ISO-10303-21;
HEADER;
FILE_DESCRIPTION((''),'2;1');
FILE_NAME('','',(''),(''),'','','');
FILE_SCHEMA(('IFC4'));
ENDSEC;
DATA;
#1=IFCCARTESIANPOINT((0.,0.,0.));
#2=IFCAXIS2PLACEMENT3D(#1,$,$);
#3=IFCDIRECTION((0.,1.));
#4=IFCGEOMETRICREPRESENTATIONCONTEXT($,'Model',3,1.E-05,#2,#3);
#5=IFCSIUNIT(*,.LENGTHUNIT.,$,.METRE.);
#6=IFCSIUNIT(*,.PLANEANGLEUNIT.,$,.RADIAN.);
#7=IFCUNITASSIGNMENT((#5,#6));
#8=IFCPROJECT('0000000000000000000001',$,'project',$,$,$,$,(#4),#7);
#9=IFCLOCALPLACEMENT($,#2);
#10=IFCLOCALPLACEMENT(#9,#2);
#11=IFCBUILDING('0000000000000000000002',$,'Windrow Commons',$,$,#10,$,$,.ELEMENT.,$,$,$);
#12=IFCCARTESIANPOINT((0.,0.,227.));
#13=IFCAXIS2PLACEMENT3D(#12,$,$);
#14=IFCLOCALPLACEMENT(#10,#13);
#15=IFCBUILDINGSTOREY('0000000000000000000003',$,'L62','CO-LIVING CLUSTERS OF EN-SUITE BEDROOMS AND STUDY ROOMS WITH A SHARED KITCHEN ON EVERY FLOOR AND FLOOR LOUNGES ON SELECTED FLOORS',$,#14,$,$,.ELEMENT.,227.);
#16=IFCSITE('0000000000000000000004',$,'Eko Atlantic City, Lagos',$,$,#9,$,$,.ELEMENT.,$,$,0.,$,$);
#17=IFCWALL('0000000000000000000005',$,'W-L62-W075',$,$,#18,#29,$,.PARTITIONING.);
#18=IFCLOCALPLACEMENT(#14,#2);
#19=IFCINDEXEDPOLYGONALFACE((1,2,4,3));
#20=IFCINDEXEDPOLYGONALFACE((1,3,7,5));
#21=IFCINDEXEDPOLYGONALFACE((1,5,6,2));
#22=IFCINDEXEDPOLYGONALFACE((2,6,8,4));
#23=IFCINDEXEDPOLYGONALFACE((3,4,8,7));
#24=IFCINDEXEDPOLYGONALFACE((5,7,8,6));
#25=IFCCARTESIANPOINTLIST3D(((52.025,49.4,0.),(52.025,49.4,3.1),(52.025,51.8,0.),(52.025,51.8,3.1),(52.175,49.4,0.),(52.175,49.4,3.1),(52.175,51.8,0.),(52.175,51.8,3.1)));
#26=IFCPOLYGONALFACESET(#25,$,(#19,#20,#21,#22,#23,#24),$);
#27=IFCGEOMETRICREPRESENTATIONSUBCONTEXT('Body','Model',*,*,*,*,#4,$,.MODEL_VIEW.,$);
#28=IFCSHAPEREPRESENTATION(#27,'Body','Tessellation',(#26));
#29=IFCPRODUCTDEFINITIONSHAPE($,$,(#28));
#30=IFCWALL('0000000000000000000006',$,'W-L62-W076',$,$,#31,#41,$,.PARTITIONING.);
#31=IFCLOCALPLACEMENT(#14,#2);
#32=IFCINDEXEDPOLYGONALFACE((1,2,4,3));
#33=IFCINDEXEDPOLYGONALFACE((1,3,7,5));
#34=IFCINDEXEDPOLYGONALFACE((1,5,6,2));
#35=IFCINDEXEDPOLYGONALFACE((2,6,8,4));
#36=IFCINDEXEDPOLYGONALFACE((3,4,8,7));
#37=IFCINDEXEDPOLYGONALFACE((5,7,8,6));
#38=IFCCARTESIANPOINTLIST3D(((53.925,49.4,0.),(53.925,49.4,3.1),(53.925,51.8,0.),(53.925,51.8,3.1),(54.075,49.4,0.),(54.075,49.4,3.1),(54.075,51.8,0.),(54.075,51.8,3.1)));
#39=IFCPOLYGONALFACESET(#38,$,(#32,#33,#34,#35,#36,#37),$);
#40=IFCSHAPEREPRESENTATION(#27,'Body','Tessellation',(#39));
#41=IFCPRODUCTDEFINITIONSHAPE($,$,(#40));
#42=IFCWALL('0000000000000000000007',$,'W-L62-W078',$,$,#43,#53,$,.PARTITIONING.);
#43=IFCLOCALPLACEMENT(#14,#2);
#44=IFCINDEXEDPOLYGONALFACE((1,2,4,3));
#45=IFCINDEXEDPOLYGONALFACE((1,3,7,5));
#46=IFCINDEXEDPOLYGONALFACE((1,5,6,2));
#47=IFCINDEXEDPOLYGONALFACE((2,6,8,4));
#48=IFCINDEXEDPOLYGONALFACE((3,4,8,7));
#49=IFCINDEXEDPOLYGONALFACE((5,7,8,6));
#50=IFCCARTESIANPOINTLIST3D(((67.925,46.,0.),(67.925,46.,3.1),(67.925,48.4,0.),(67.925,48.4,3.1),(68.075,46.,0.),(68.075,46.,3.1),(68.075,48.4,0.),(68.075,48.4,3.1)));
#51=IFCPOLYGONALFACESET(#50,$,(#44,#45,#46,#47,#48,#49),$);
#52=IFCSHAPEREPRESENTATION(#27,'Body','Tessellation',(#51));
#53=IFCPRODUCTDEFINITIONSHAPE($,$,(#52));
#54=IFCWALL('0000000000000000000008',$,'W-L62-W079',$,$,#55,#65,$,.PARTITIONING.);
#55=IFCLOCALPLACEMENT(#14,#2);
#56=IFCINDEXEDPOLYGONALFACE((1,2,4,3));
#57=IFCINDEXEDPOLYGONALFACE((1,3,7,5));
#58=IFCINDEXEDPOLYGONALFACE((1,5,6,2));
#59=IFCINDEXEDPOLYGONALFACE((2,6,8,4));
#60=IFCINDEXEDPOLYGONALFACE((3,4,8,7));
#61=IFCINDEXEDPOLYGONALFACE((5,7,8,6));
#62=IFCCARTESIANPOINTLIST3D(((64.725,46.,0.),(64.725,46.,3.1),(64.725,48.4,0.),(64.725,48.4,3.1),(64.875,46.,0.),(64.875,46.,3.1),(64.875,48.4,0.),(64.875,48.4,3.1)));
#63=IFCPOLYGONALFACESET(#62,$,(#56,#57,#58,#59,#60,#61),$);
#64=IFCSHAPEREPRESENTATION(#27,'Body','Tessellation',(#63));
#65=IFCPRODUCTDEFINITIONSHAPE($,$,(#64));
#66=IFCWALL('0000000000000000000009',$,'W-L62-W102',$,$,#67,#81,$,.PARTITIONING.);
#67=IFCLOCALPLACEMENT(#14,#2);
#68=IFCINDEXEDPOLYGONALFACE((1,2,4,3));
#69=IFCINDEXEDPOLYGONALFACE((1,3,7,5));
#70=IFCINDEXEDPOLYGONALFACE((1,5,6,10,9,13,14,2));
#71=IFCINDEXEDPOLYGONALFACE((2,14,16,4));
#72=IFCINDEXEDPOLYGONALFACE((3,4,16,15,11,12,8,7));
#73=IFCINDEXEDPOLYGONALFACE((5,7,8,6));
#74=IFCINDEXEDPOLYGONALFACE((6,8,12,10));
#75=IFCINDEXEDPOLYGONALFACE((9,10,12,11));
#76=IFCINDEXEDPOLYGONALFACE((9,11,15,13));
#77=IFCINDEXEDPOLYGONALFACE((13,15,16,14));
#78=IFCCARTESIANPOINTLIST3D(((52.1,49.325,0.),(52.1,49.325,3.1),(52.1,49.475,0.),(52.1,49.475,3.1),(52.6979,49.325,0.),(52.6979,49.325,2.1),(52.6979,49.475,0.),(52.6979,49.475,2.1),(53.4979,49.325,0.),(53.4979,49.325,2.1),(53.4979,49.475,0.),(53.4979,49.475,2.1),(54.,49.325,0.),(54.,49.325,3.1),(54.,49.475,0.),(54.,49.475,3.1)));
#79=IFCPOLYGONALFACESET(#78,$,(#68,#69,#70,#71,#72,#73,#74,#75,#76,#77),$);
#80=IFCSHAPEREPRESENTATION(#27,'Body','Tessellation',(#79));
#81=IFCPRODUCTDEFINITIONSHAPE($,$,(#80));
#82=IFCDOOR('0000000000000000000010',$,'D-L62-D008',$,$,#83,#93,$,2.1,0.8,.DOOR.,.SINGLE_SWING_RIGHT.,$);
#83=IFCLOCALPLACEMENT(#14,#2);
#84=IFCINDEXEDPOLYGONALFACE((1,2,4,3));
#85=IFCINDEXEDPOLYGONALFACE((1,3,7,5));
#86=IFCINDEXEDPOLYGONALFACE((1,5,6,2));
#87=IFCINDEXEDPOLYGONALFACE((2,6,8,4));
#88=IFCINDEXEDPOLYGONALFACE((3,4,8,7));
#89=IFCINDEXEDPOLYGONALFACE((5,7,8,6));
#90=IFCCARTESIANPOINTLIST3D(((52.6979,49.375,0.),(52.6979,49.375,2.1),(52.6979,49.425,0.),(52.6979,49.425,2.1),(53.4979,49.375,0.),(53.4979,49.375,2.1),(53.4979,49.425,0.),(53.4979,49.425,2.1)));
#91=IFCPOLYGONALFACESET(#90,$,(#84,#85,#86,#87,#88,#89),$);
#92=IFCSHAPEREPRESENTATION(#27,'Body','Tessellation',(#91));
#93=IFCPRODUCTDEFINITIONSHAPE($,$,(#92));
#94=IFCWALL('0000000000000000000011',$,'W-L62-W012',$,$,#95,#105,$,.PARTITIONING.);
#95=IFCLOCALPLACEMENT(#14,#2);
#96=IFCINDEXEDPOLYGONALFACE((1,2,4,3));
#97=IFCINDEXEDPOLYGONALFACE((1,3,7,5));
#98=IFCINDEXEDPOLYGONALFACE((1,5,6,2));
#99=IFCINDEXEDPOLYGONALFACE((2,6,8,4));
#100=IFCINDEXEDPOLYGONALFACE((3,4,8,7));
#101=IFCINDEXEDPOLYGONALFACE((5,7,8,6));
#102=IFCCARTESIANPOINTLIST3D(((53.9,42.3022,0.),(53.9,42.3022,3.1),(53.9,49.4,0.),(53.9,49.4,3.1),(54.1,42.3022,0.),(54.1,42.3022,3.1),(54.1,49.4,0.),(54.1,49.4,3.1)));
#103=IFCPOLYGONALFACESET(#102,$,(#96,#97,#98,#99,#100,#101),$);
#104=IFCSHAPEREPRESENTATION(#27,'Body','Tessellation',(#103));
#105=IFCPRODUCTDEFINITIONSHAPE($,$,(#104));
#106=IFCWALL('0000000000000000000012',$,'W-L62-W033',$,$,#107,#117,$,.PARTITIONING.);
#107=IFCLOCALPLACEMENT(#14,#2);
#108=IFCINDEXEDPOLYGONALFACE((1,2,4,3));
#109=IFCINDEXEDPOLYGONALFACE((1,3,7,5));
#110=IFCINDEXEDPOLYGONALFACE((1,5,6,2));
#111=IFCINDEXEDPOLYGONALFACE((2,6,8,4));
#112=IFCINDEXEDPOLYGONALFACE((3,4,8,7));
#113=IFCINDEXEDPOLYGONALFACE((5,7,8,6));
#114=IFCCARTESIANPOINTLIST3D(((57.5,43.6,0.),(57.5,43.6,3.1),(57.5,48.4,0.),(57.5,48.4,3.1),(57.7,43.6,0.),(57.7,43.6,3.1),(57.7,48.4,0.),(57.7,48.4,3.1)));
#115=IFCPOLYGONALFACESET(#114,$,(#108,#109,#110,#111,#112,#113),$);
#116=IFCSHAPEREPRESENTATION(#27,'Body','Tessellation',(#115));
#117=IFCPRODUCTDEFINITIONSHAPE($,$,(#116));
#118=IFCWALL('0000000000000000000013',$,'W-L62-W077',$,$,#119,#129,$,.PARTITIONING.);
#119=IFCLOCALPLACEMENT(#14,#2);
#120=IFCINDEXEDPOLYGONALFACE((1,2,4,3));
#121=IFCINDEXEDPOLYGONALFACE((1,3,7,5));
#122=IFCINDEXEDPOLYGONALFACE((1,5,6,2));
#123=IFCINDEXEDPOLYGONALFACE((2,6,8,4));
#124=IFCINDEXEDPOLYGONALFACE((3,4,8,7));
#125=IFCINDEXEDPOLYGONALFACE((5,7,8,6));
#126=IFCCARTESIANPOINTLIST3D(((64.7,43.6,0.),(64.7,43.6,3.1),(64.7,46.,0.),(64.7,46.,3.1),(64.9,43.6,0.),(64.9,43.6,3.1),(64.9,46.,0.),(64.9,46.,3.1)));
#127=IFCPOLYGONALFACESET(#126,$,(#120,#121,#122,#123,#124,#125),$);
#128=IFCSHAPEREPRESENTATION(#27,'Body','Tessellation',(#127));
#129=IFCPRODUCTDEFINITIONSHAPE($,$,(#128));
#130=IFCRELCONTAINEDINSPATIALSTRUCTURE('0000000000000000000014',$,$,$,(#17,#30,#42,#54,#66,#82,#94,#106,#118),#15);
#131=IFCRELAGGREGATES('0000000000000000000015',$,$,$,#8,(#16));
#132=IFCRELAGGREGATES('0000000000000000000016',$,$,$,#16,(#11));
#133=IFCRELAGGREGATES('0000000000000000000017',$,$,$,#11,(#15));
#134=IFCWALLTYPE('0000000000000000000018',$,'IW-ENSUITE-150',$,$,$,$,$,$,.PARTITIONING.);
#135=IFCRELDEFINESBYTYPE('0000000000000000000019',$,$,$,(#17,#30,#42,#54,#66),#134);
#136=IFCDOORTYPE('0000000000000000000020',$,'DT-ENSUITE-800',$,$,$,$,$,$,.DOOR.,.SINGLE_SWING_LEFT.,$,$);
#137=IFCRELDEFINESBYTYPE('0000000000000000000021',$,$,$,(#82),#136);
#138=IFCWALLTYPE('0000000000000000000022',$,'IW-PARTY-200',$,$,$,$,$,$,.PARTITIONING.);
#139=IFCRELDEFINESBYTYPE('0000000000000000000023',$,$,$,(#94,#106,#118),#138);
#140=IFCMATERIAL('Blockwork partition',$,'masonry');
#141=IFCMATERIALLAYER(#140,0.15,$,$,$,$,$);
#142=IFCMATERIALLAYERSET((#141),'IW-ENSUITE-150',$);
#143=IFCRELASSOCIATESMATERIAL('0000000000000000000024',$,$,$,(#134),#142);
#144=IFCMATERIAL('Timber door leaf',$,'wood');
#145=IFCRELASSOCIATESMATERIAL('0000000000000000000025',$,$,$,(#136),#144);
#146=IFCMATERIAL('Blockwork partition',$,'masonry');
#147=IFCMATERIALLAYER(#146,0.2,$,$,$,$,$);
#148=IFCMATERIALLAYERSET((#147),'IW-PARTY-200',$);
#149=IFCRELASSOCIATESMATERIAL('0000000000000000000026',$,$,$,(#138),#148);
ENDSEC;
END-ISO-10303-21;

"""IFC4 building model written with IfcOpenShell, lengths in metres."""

from ifc_helpers import new_model, si_unit, direction, frame, frame_2d, origin, place, context, subcontext, project, spatial, rectangle, extrude, material, layer, layer_set, type_object, element, fill, save


model = new_model("IFC4")

# Units and contexts
model_context = context("Model", 3, precision=1e-05, world=origin(), true_north=direction((0.0, 1.0)))
body_context = subcontext(model_context, "Body", "Model", "MODEL_VIEW")
ifc_project = project(units=[si_unit("LENGTHUNIT", "METRE"), si_unit("PLANEANGLEUNIT", "RADIAN")], contexts=[model_context])

# Site, building, storey
site_placement = place(None, origin())
site = spatial("IfcSite", under=ifc_project, at=site_placement, Name="Eko Atlantic City, Lagos", CompositionType="ELEMENT", RefElevation=0.0)
building_placement = place(site_placement, origin())
building = spatial("IfcBuilding", under=site, at=building_placement, Name="Windrow Commons", CompositionType="ELEMENT")
storey_placement = place(building_placement, frame((0.0, 0.0, 227.0)))
storey = spatial("IfcBuildingStorey", under=building, at=storey_placement, Name="L62", Description="CO-LIVING CLUSTERS OF EN-SUITE BEDROOMS AND STUDY ROOMS WITH A SHARED KITCHEN ON EVERY FLOOR AND FLOOR LOUNGES ON SELECTED FLOORS", CompositionType="ELEMENT", Elevation=227.0)

# Shared definitions
ifc_material_1 = material(Name="Blockwork partition", Category="masonry")
ifc_layer_1 = layer(ifc_material_1, 0.15)
ifc_layer_set_1 = layer_set([ifc_layer_1], Name="IW-ENSUITE-150")
wall_type_1 = type_object("IfcWallType", Name="IW-ENSUITE-150", PredefinedType="PARTITIONING", material=ifc_layer_set_1)
ifc_material_2 = material(Name="Timber door leaf", Category="wood")
door_type_1 = type_object("IfcDoorType", Name="DT-ENSUITE-800", OperationType="SINGLE_SWING_LEFT", PredefinedType="DOOR", material=ifc_material_2)

# Walls
for number, where, z_axis, x_axis, name in (
    (1, (52.1, 49.4, 0.0), (0.0, 0.0, 1.0), (0.0, 1.0, 0.0), "W-L62-W075"),
    (2, (54.0, 49.4, 0.0), (0.0, 0.0, 1.0), (0.0, 1.0, 0.0), "W-L62-W076"),
    (3, (68.0, 46.0, 0.0), (0.0, 0.0, 1.0), (0.0, 1.0, 0.0), "W-L62-W078"),
    (4, (64.8, 46.0, 0.0), (0.0, 0.0, 1.0), (0.0, 1.0, 0.0), "W-L62-W079"),
):
    element("IfcWall", number, at=place(storey_placement, frame(where, z_axis=z_axis, x_axis=x_axis)), inside=storey, type_object=wall_type_1, Name=name, PredefinedType="PARTITIONING", context=body_context, shape_type="SweptSolid", body=[
        extrude(rectangle(XDim=2.4, YDim=0.15, at=frame_2d((1.2, 0.0))), origin(), (0.0, 0.0, 1.0), 3.1),
    ])

# Wall, opening, door
wall_1_placement = place(storey_placement, frame((52.1, 49.4, 0.0), z_axis=(0.0, 0.0, 1.0), x_axis=(1.0, 0.0, 0.0)))
wall_1 = element("IfcWall", 5, at=wall_1_placement, inside=storey, type_object=wall_type_1, Name="W-L62-W102", PredefinedType="PARTITIONING", context=body_context, shape_type="SweptSolid", body=[
    extrude(rectangle(XDim=1.9, YDim=0.15, at=frame_2d((0.95, 0.0))), origin(), (0.0, 0.0, 1.0), 3.1),
])
opening_1_placement = place(wall_1_placement, frame((0.5979, 0.0, 0.0)))
opening_1 = element("IfcOpeningElement", 6, at=opening_1_placement, cuts=wall_1, PredefinedType="OPENING", context=body_context, shape_type="SweptSolid", body=[
    extrude(rectangle(XDim=0.8, YDim=2.1, at=frame_2d((0.4, 1.05))), frame((0.0, 0.085, 0.0), z_axis=(0.0, -1.0, 0.0), x_axis=(1.0, 0.0, 0.0)), (0.0, 0.0, 1.0), 0.17),
])
door_1_placement = place(opening_1_placement, origin())
door_1 = element("IfcDoor", 7, at=door_1_placement, inside=storey, type_object=door_type_1, Name="D-L62-D008", OperationType="SINGLE_SWING_RIGHT", OverallHeight=2.1, OverallWidth=0.8, PredefinedType="DOOR", context=body_context, shape_type="SweptSolid", body=[
    extrude(rectangle(XDim=0.8, YDim=2.1, at=frame_2d((0.4, 1.05))), frame((0.0, 0.025, 0.0), z_axis=(0.0, -1.0, 0.0), x_axis=(1.0, 0.0, 0.0)), (0.0, 0.0, 1.0), 0.05),
])
fill(opening_1, door_1)

# Walls
ifc_material_3 = material(Name="Blockwork partition", Category="masonry")
ifc_layer_2 = layer(ifc_material_3, 0.2)
ifc_layer_set_2 = layer_set([ifc_layer_2], Name="IW-PARTY-200")
wall_type_2 = type_object("IfcWallType", Name="IW-PARTY-200", PredefinedType="PARTITIONING", material=ifc_layer_set_2)
wall_2_placement = place(storey_placement, frame((54.0, 42.3021, 0.0), z_axis=(0.0, 0.0, 1.0), x_axis=(0.0, 1.0, 0.0)))
element("IfcWall", 8, at=wall_2_placement, inside=storey, type_object=wall_type_2, Name="W-L62-W012", PredefinedType="PARTITIONING", context=body_context, shape_type="SweptSolid", body=[
    extrude(rectangle(XDim=7.0979, YDim=0.2, at=frame_2d((3.549, 0.0))), origin(), (0.0, 0.0, 1.0), 3.1),
])
wall_3_placement = place(storey_placement, frame((57.6, 43.6, 0.0), z_axis=(0.0, 0.0, 1.0), x_axis=(0.0, 1.0, 0.0)))
element("IfcWall", 9, at=wall_3_placement, inside=storey, type_object=wall_type_2, Name="W-L62-W033", PredefinedType="PARTITIONING", context=body_context, shape_type="SweptSolid", body=[
    extrude(rectangle(XDim=4.8, YDim=0.2, at=frame_2d((2.4, 0.0))), origin(), (0.0, 0.0, 1.0), 3.1),
])
wall_4_placement = place(storey_placement, frame((64.8, 43.6, 0.0), z_axis=(0.0, 0.0, 1.0), x_axis=(0.0, 1.0, 0.0)))
element("IfcWall", 10, at=wall_4_placement, inside=storey, type_object=wall_type_2, Name="W-L62-W077", PredefinedType="PARTITIONING", context=body_context, shape_type="SweptSolid", body=[
    extrude(rectangle(XDim=2.4, YDim=0.2, at=frame_2d((1.2, 0.0))), origin(), (0.0, 0.0, 1.0), 3.1),
])

save(model, "model.ifc")
